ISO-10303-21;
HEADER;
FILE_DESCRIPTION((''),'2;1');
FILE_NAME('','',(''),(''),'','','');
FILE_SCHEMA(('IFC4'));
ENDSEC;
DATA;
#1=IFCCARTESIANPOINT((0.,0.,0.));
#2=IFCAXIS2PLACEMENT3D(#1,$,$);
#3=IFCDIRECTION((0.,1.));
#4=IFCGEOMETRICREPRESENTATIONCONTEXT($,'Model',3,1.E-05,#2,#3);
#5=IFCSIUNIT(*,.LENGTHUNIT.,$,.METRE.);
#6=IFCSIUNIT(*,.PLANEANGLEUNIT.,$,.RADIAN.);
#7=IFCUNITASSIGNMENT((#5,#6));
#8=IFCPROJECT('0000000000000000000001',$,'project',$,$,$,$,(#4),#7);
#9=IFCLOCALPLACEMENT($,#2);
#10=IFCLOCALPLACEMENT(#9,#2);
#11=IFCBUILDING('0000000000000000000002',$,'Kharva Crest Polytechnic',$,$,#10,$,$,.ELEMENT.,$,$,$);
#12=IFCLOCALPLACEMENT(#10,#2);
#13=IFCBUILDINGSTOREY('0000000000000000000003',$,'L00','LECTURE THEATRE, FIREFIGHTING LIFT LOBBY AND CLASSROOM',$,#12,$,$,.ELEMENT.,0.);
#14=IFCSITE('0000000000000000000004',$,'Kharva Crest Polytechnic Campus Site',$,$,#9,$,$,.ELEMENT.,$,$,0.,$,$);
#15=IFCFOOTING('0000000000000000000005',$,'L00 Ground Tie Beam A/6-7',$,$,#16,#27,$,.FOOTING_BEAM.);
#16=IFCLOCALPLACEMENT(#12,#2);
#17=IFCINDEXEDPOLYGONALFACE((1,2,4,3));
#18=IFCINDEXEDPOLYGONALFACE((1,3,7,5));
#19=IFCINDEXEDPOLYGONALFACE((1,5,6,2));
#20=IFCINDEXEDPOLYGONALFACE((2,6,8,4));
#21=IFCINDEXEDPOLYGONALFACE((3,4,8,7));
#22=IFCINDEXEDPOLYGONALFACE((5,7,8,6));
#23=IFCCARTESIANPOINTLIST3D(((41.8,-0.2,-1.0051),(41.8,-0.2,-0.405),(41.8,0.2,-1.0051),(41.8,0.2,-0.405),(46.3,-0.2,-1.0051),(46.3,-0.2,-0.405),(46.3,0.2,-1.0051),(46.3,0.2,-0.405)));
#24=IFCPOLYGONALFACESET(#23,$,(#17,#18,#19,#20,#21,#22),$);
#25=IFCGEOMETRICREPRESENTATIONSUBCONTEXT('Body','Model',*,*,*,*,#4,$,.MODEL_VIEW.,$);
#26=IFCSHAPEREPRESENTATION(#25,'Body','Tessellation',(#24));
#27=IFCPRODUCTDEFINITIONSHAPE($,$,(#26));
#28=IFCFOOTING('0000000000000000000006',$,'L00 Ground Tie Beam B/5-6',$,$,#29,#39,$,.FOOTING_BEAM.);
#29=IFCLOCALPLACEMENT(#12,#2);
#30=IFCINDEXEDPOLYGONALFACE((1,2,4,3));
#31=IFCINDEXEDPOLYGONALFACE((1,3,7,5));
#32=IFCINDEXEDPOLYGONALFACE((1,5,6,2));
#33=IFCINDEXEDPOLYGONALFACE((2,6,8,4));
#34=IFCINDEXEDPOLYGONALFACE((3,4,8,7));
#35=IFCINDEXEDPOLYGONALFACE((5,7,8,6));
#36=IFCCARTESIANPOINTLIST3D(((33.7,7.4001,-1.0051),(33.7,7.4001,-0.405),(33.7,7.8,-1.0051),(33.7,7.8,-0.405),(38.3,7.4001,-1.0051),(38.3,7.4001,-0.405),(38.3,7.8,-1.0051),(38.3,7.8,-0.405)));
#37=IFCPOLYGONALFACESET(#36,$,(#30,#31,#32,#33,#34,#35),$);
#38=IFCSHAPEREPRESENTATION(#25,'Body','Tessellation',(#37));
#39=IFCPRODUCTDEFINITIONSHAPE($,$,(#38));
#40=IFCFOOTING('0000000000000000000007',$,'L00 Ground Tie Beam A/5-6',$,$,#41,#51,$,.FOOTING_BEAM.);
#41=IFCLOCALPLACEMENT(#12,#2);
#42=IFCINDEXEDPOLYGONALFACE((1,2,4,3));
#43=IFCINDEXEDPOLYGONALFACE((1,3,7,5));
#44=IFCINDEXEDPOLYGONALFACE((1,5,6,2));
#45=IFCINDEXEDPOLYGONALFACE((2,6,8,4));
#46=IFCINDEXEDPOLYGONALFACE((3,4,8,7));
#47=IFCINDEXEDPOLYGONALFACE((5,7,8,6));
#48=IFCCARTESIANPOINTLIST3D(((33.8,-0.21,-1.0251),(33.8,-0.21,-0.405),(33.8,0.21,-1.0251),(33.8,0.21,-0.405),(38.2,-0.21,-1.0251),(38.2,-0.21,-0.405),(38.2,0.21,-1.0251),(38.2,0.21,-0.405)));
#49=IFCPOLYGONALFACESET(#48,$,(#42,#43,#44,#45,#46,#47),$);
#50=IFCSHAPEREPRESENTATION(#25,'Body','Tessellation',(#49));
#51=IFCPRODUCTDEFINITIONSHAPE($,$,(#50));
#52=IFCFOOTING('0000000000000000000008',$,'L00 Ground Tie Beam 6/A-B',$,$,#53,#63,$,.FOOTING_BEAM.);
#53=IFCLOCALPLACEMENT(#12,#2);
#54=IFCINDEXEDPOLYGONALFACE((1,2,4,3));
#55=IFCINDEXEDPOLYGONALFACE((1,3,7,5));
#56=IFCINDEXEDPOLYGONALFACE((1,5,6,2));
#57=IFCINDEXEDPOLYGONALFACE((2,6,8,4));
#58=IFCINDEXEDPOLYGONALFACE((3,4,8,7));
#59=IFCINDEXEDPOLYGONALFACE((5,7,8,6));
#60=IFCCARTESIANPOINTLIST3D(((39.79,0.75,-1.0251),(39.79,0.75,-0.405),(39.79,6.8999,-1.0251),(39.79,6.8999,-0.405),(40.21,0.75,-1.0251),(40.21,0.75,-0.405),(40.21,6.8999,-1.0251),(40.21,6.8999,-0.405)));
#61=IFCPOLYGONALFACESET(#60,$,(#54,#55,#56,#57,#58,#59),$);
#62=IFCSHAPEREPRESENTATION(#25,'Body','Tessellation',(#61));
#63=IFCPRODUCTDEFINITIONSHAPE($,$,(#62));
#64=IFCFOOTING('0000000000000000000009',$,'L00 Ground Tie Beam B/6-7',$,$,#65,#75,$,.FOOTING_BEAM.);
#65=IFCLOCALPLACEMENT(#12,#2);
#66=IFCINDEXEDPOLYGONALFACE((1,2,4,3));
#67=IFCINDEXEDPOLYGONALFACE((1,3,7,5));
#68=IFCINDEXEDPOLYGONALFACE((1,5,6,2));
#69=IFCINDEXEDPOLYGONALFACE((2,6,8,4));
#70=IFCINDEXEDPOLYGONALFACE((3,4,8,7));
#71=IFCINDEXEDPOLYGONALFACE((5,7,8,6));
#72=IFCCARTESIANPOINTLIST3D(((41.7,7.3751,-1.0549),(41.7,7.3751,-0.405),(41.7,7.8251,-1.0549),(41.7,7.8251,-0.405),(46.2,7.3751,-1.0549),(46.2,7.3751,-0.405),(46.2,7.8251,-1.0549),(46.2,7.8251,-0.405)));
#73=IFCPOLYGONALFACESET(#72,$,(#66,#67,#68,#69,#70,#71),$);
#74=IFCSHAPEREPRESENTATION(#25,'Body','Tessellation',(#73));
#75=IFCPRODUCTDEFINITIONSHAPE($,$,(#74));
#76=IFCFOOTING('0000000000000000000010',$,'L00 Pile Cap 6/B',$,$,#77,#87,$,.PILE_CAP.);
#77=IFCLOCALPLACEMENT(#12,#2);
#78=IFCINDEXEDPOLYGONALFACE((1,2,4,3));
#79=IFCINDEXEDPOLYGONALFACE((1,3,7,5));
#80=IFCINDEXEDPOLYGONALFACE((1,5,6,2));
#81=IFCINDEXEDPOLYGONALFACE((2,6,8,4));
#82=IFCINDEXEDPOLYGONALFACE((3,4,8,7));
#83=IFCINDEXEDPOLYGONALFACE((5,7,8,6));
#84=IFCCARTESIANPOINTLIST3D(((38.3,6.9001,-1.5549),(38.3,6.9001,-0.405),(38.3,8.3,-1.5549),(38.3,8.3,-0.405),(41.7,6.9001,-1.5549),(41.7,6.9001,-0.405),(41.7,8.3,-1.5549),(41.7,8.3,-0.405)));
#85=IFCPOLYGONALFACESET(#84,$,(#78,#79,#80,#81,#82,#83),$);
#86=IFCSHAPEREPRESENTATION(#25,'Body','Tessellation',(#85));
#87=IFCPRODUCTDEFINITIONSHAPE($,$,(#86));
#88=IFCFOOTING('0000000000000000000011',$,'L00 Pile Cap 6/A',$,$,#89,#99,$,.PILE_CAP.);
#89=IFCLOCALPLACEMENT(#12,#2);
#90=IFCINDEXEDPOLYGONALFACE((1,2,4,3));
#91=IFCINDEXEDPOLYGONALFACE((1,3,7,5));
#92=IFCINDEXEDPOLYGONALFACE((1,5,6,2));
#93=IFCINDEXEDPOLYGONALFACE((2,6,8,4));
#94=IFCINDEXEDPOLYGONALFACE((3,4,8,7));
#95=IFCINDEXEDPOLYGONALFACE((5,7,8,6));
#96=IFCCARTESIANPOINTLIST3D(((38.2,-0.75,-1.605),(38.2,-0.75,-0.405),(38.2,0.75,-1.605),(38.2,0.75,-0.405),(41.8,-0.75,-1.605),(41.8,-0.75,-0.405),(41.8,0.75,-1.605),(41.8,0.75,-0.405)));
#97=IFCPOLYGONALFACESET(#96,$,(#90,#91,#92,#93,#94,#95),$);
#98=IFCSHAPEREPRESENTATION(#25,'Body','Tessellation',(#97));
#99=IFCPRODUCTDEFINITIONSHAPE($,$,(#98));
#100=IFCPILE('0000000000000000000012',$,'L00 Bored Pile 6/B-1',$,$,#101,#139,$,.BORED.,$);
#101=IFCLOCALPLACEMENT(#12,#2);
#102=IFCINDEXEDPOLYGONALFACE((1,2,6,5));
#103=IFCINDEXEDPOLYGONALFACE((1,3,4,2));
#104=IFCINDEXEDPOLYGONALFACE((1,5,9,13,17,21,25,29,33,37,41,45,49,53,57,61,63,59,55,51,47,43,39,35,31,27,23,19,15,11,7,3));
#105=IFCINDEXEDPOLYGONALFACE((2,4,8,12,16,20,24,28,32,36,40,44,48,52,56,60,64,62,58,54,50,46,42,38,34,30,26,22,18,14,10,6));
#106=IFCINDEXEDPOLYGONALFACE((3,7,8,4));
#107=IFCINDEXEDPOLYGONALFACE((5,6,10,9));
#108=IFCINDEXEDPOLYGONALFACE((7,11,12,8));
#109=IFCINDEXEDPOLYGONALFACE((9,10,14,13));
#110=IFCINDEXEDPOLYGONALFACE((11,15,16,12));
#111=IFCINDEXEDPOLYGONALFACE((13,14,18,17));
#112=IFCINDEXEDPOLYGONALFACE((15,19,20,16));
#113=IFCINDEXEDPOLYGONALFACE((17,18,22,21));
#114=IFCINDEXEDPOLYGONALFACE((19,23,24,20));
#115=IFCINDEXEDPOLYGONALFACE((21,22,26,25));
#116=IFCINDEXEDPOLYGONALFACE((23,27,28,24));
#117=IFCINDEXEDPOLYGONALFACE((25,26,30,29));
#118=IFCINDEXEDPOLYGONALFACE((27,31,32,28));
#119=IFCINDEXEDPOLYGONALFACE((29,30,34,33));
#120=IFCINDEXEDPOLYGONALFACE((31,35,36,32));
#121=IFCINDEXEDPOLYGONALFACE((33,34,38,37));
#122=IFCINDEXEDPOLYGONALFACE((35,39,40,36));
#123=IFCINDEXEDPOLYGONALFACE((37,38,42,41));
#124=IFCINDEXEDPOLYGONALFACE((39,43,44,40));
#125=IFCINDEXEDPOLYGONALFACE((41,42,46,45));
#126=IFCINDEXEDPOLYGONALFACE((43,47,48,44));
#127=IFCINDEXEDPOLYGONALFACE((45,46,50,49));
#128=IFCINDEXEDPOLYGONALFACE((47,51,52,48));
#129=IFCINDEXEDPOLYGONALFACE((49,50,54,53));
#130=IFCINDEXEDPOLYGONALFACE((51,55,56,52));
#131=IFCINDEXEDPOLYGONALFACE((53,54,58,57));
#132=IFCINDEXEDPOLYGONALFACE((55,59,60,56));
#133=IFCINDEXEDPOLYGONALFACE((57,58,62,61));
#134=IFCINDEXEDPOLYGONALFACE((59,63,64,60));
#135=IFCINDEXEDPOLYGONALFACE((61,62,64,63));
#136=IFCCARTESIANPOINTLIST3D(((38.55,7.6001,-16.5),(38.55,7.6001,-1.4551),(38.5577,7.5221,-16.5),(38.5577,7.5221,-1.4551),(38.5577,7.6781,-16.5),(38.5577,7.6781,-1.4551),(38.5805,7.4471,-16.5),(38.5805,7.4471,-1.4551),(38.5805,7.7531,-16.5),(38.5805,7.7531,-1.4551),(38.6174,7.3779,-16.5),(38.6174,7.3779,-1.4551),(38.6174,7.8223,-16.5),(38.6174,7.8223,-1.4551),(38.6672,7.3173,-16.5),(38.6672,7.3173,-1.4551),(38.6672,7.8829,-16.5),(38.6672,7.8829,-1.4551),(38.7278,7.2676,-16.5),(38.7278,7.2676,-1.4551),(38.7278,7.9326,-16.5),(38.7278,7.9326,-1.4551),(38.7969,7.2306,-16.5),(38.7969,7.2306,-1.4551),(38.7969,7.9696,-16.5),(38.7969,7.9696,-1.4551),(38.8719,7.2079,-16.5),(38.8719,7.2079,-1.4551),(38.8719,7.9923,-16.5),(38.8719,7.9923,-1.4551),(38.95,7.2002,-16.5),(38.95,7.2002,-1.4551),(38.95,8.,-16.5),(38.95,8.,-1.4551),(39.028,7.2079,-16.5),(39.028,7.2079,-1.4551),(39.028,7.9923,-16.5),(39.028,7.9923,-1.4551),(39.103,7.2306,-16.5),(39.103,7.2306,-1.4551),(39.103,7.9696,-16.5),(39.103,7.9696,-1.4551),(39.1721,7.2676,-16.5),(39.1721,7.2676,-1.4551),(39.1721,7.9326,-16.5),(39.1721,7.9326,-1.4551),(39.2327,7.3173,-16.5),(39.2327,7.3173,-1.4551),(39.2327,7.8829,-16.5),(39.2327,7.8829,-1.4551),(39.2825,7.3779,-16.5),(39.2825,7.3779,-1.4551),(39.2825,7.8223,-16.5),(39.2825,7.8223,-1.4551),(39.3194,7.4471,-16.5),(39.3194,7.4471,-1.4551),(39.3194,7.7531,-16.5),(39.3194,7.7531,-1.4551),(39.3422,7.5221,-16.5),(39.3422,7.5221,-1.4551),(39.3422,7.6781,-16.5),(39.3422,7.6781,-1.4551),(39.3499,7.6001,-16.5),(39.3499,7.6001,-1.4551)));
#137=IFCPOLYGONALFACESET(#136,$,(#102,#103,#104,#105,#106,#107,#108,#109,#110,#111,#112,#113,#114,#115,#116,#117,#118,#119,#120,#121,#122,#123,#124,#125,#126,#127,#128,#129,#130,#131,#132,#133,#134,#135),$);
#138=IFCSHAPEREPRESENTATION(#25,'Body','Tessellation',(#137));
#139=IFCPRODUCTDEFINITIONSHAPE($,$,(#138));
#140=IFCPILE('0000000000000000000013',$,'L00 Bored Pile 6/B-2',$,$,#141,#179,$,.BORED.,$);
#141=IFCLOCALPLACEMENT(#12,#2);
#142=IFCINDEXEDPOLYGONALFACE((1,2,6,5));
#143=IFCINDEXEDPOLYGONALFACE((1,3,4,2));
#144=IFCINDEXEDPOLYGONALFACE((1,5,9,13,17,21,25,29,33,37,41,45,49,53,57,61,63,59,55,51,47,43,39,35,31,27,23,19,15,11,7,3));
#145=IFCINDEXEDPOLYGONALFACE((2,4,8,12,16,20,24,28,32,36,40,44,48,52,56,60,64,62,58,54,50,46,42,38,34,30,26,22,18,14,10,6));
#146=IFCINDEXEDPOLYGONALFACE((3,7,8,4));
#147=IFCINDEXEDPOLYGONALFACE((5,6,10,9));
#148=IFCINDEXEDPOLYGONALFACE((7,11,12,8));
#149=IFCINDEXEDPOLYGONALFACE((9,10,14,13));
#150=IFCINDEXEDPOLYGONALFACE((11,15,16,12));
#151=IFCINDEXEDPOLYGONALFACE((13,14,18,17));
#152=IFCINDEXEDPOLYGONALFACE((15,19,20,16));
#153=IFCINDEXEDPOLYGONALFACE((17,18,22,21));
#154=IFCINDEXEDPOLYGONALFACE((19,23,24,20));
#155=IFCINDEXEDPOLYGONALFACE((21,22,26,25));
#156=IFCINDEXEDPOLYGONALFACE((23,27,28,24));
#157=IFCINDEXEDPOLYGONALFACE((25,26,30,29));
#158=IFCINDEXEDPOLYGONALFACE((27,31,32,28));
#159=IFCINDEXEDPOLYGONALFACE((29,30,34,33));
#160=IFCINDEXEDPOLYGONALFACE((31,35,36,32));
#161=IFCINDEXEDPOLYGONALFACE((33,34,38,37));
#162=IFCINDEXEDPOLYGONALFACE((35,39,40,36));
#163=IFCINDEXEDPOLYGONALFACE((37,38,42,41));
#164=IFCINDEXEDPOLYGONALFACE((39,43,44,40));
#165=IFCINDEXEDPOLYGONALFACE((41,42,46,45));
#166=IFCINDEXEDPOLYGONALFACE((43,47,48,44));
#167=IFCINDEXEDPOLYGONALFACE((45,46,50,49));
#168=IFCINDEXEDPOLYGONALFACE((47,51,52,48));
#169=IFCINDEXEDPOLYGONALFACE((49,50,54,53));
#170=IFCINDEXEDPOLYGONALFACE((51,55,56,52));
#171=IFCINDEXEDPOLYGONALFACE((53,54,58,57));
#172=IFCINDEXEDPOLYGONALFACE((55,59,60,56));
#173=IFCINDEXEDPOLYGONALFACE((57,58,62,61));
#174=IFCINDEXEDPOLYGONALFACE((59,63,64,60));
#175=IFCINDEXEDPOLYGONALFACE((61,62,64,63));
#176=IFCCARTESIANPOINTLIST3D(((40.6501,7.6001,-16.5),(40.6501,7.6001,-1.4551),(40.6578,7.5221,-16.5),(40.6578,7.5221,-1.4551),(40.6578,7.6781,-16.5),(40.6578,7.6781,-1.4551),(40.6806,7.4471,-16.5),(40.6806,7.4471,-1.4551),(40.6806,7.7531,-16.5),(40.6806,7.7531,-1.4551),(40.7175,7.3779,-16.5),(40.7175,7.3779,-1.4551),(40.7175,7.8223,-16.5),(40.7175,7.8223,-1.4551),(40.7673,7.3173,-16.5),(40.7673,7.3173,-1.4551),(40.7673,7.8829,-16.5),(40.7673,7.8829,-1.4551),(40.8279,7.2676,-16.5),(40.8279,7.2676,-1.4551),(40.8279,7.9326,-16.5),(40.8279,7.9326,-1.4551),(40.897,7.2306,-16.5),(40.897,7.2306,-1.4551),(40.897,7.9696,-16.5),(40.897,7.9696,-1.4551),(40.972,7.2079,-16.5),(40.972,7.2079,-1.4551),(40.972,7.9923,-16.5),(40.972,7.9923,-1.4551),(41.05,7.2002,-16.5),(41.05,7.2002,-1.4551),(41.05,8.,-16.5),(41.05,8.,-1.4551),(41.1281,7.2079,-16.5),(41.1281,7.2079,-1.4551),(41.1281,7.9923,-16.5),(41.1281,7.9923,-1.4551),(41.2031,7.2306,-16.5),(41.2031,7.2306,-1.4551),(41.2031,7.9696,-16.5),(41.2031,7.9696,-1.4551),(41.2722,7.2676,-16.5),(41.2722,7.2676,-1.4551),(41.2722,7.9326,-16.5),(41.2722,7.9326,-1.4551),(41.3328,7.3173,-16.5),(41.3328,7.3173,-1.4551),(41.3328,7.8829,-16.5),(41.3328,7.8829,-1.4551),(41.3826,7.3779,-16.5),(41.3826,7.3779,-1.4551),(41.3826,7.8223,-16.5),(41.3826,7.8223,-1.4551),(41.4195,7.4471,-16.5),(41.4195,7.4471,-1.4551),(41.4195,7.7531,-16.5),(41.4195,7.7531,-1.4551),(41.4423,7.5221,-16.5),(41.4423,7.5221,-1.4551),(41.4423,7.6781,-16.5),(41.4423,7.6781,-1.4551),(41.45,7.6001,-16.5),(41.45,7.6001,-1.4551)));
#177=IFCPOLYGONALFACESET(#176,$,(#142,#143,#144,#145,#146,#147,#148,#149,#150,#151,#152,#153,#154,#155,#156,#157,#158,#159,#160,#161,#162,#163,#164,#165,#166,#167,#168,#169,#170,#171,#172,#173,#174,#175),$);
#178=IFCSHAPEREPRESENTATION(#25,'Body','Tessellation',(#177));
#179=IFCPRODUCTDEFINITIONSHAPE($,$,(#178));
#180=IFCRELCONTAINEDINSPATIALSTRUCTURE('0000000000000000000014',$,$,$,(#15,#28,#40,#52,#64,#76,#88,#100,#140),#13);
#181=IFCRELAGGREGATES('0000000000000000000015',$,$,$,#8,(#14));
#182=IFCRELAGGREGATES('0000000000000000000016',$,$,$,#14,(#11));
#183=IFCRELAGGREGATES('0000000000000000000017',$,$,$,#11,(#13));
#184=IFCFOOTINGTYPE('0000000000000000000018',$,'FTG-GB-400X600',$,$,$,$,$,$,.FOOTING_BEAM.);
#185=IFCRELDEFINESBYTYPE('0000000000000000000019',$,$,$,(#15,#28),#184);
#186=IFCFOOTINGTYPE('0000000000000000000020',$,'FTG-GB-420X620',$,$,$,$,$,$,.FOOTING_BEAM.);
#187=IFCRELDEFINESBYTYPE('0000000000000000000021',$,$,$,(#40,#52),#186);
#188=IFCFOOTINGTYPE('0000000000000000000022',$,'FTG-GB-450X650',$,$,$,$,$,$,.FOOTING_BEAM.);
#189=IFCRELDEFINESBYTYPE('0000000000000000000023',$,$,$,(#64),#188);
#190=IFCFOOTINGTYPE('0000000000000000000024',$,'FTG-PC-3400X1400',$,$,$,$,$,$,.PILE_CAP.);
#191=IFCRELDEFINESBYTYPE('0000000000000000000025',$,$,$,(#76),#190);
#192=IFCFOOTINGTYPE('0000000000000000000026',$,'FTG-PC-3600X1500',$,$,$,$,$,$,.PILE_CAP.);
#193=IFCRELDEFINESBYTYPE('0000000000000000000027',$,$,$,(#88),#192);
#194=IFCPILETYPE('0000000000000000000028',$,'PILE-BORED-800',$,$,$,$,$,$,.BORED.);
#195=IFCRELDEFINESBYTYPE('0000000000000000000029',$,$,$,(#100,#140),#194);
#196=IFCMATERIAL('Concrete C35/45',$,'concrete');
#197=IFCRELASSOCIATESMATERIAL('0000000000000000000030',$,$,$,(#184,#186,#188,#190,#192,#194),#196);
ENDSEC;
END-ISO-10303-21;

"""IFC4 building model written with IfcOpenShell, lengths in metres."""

from ifc_helpers import new_model, si_unit, direction, frame, origin, origin_2d, place, context, subcontext, project, spatial, rectangle, circle, extrude, material, material_profile, profile_set, type_object, element, save


model = new_model("IFC4")

# Units and contexts
model_context = context("Model", 3, precision=1e-05, world=origin(), true_north=direction((0.0, 1.0)))
body_context = subcontext(model_context, "Body", "Model", "MODEL_VIEW")
ifc_project = project(units=[si_unit("LENGTHUNIT", "METRE"), si_unit("PLANEANGLEUNIT", "RADIAN")], contexts=[model_context])

# Site, building, storey
site_placement = place(None, origin())
site = spatial("IfcSite", under=ifc_project, at=site_placement, Name="Kharva Crest Polytechnic Campus Site", CompositionType="ELEMENT", RefElevation=0.0)
building_placement = place(site_placement, origin())
building = spatial("IfcBuilding", under=site, at=building_placement, Name="Kharva Crest Polytechnic", CompositionType="ELEMENT")
storey_placement = place(building_placement, origin())
storey = spatial("IfcBuildingStorey", under=building, at=storey_placement, Name="L00", Description="LECTURE THEATRE, FIREFIGHTING LIFT LOBBY AND CLASSROOM", CompositionType="ELEMENT", Elevation=0.0)

# Footings
ifc_material_1 = material(Name="Concrete C35/45", Category="concrete")
footing_type_1 = type_object("IfcFootingType", Name="FTG-GB-400X600", PredefinedType="FOOTING_BEAM", material=ifc_material_1)
footing_1_placement = place(storey_placement, frame((44.05, 0.0, -1.0051), z_axis=(0.0, 0.0, 1.0), x_axis=(1.0, 0.0, 0.0)))
element("IfcFooting", 1, at=footing_1_placement, inside=storey, type_object=footing_type_1, Name="L00 Ground Tie Beam A/6-7", PredefinedType="FOOTING_BEAM", context=body_context, shape_type="SweptSolid", body=[
    extrude(rectangle(XDim=4.5, YDim=0.3999, at=origin_2d()), origin(), (0.0, 0.0, 1.0), 0.6001),
])
footing_2_placement = place(storey_placement, frame((36.0, 7.6001, -1.0051), z_axis=(0.0, 0.0, 1.0), x_axis=(1.0, 0.0, 0.0)))
element("IfcFooting", 2, at=footing_2_placement, inside=storey, type_object=footing_type_1, Name="L00 Ground Tie Beam B/5-6", PredefinedType="FOOTING_BEAM", context=body_context, shape_type="SweptSolid", body=[
    extrude(rectangle(XDim=4.6001, YDim=0.3999, at=origin_2d()), origin(), (0.0, 0.0, 1.0), 0.6001),
])
footing_type_2 = type_object("IfcFootingType", Name="FTG-GB-420X620", PredefinedType="FOOTING_BEAM", material=ifc_material_1)
footing_3_placement = place(storey_placement, frame((36.0, 0.0, -1.0251), z_axis=(0.0, 0.0, 1.0), x_axis=(1.0, 0.0, 0.0)))
element("IfcFooting", 3, at=footing_3_placement, inside=storey, type_object=footing_type_2, Name="L00 Ground Tie Beam A/5-6", PredefinedType="FOOTING_BEAM", context=body_context, shape_type="SweptSolid", body=[
    extrude(rectangle(XDim=4.3999, YDim=0.4199, at=origin_2d()), origin(), (0.0, 0.0, 1.0), 0.6201),
])
footing_4_placement = place(storey_placement, frame((40.0, 3.825, -1.0251), z_axis=(0.0, 0.0, 1.0), x_axis=(0.0, 1.0, 0.0)))
element("IfcFooting", 4, at=footing_4_placement, inside=storey, type_object=footing_type_2, Name="L00 Ground Tie Beam 6/A-B", PredefinedType="FOOTING_BEAM", context=body_context, shape_type="SweptSolid", body=[
    extrude(rectangle(XDim=6.1499, YDim=0.4199, at=origin_2d()), origin(), (0.0, 0.0, 1.0), 0.6201),
])
footing_type_3 = type_object("IfcFootingType", Name="FTG-GB-450X650", PredefinedType="FOOTING_BEAM", material=ifc_material_1)
footing_5_placement = place(storey_placement, frame((43.95, 7.6001, -1.0549), z_axis=(0.0, 0.0, 1.0), x_axis=(1.0, 0.0, 0.0)))
element("IfcFooting", 5, at=footing_5_placement, inside=storey, type_object=footing_type_3, Name="L00 Ground Tie Beam B/6-7", PredefinedType="FOOTING_BEAM", context=body_context, shape_type="SweptSolid", body=[
    extrude(rectangle(XDim=4.5, YDim=0.45, at=origin_2d()), origin(), (0.0, 0.0, 1.0), 0.6499),
])
footing_type_4 = type_object("IfcFootingType", Name="FTG-PC-3400X1400", PredefinedType="PILE_CAP", material=ifc_material_1)
footing_6_placement = place(storey_placement, frame((40.0, 7.6001, -1.5549), z_axis=(0.0, 0.0, 1.0), x_axis=(1.0, 0.0, 0.0)))
element("IfcFooting", 6, at=footing_6_placement, inside=storey, type_object=footing_type_4, Name="L00 Pile Cap 6/B", PredefinedType="PILE_CAP", context=body_context, shape_type="SweptSolid", body=[
    extrude(rectangle(XDim=3.3999, YDim=1.3999, at=origin_2d()), origin(), (0.0, 0.0, 1.0), 1.1499),
])
footing_type_5 = type_object("IfcFootingType", Name="FTG-PC-3600X1500", PredefinedType="PILE_CAP", material=ifc_material_1)
footing_7_placement = place(storey_placement, frame((40.0, 0.0, -1.605), z_axis=(0.0, 0.0, 1.0), x_axis=(1.0, 0.0, 0.0)))
element("IfcFooting", 7, at=footing_7_placement, inside=storey, type_object=footing_type_5, Name="L00 Pile Cap 6/A", PredefinedType="PILE_CAP", context=body_context, shape_type="SweptSolid", body=[
    extrude(rectangle(XDim=3.6001, YDim=1.5, at=origin_2d()), origin(), (0.0, 0.0, 1.0), 1.2),
])

# Piles
ifc_material_profile_1 = material_profile(ifc_material_1, circle(Radius=0.3999, at=origin_2d()), Name="DIA 800")
ifc_profile_set_1 = profile_set([ifc_material_profile_1], Name="Concrete C35/45")
pile_type_1 = type_object("IfcPileType", Name="PILE-BORED-800", PredefinedType="BORED", material=ifc_profile_set_1)
for number, where, z_axis, x_axis, name in (
    (8, (38.95, 7.6001, -1.4551), (0.0, 0.0, -1.0), (1.0, 0.0, 0.0), "L00 Bored Pile 6/B-1"),
    (9, (41.05, 7.6001, -1.4551), (0.0, 0.0, -1.0), (1.0, 0.0, 0.0), "L00 Bored Pile 6/B-2"),
):
    element("IfcPile", number, at=place(storey_placement, frame(where, z_axis=z_axis, x_axis=x_axis)), inside=storey, type_object=pile_type_1, Name=name, PredefinedType="BORED", context=body_context, shape_type="SweptSolid", body=[
        extrude(circle(Radius=0.3999, at=origin_2d()), origin(), (0.0, 0.0, 1.0), 15.0449),
    ])

save(model, "model.ifc")
